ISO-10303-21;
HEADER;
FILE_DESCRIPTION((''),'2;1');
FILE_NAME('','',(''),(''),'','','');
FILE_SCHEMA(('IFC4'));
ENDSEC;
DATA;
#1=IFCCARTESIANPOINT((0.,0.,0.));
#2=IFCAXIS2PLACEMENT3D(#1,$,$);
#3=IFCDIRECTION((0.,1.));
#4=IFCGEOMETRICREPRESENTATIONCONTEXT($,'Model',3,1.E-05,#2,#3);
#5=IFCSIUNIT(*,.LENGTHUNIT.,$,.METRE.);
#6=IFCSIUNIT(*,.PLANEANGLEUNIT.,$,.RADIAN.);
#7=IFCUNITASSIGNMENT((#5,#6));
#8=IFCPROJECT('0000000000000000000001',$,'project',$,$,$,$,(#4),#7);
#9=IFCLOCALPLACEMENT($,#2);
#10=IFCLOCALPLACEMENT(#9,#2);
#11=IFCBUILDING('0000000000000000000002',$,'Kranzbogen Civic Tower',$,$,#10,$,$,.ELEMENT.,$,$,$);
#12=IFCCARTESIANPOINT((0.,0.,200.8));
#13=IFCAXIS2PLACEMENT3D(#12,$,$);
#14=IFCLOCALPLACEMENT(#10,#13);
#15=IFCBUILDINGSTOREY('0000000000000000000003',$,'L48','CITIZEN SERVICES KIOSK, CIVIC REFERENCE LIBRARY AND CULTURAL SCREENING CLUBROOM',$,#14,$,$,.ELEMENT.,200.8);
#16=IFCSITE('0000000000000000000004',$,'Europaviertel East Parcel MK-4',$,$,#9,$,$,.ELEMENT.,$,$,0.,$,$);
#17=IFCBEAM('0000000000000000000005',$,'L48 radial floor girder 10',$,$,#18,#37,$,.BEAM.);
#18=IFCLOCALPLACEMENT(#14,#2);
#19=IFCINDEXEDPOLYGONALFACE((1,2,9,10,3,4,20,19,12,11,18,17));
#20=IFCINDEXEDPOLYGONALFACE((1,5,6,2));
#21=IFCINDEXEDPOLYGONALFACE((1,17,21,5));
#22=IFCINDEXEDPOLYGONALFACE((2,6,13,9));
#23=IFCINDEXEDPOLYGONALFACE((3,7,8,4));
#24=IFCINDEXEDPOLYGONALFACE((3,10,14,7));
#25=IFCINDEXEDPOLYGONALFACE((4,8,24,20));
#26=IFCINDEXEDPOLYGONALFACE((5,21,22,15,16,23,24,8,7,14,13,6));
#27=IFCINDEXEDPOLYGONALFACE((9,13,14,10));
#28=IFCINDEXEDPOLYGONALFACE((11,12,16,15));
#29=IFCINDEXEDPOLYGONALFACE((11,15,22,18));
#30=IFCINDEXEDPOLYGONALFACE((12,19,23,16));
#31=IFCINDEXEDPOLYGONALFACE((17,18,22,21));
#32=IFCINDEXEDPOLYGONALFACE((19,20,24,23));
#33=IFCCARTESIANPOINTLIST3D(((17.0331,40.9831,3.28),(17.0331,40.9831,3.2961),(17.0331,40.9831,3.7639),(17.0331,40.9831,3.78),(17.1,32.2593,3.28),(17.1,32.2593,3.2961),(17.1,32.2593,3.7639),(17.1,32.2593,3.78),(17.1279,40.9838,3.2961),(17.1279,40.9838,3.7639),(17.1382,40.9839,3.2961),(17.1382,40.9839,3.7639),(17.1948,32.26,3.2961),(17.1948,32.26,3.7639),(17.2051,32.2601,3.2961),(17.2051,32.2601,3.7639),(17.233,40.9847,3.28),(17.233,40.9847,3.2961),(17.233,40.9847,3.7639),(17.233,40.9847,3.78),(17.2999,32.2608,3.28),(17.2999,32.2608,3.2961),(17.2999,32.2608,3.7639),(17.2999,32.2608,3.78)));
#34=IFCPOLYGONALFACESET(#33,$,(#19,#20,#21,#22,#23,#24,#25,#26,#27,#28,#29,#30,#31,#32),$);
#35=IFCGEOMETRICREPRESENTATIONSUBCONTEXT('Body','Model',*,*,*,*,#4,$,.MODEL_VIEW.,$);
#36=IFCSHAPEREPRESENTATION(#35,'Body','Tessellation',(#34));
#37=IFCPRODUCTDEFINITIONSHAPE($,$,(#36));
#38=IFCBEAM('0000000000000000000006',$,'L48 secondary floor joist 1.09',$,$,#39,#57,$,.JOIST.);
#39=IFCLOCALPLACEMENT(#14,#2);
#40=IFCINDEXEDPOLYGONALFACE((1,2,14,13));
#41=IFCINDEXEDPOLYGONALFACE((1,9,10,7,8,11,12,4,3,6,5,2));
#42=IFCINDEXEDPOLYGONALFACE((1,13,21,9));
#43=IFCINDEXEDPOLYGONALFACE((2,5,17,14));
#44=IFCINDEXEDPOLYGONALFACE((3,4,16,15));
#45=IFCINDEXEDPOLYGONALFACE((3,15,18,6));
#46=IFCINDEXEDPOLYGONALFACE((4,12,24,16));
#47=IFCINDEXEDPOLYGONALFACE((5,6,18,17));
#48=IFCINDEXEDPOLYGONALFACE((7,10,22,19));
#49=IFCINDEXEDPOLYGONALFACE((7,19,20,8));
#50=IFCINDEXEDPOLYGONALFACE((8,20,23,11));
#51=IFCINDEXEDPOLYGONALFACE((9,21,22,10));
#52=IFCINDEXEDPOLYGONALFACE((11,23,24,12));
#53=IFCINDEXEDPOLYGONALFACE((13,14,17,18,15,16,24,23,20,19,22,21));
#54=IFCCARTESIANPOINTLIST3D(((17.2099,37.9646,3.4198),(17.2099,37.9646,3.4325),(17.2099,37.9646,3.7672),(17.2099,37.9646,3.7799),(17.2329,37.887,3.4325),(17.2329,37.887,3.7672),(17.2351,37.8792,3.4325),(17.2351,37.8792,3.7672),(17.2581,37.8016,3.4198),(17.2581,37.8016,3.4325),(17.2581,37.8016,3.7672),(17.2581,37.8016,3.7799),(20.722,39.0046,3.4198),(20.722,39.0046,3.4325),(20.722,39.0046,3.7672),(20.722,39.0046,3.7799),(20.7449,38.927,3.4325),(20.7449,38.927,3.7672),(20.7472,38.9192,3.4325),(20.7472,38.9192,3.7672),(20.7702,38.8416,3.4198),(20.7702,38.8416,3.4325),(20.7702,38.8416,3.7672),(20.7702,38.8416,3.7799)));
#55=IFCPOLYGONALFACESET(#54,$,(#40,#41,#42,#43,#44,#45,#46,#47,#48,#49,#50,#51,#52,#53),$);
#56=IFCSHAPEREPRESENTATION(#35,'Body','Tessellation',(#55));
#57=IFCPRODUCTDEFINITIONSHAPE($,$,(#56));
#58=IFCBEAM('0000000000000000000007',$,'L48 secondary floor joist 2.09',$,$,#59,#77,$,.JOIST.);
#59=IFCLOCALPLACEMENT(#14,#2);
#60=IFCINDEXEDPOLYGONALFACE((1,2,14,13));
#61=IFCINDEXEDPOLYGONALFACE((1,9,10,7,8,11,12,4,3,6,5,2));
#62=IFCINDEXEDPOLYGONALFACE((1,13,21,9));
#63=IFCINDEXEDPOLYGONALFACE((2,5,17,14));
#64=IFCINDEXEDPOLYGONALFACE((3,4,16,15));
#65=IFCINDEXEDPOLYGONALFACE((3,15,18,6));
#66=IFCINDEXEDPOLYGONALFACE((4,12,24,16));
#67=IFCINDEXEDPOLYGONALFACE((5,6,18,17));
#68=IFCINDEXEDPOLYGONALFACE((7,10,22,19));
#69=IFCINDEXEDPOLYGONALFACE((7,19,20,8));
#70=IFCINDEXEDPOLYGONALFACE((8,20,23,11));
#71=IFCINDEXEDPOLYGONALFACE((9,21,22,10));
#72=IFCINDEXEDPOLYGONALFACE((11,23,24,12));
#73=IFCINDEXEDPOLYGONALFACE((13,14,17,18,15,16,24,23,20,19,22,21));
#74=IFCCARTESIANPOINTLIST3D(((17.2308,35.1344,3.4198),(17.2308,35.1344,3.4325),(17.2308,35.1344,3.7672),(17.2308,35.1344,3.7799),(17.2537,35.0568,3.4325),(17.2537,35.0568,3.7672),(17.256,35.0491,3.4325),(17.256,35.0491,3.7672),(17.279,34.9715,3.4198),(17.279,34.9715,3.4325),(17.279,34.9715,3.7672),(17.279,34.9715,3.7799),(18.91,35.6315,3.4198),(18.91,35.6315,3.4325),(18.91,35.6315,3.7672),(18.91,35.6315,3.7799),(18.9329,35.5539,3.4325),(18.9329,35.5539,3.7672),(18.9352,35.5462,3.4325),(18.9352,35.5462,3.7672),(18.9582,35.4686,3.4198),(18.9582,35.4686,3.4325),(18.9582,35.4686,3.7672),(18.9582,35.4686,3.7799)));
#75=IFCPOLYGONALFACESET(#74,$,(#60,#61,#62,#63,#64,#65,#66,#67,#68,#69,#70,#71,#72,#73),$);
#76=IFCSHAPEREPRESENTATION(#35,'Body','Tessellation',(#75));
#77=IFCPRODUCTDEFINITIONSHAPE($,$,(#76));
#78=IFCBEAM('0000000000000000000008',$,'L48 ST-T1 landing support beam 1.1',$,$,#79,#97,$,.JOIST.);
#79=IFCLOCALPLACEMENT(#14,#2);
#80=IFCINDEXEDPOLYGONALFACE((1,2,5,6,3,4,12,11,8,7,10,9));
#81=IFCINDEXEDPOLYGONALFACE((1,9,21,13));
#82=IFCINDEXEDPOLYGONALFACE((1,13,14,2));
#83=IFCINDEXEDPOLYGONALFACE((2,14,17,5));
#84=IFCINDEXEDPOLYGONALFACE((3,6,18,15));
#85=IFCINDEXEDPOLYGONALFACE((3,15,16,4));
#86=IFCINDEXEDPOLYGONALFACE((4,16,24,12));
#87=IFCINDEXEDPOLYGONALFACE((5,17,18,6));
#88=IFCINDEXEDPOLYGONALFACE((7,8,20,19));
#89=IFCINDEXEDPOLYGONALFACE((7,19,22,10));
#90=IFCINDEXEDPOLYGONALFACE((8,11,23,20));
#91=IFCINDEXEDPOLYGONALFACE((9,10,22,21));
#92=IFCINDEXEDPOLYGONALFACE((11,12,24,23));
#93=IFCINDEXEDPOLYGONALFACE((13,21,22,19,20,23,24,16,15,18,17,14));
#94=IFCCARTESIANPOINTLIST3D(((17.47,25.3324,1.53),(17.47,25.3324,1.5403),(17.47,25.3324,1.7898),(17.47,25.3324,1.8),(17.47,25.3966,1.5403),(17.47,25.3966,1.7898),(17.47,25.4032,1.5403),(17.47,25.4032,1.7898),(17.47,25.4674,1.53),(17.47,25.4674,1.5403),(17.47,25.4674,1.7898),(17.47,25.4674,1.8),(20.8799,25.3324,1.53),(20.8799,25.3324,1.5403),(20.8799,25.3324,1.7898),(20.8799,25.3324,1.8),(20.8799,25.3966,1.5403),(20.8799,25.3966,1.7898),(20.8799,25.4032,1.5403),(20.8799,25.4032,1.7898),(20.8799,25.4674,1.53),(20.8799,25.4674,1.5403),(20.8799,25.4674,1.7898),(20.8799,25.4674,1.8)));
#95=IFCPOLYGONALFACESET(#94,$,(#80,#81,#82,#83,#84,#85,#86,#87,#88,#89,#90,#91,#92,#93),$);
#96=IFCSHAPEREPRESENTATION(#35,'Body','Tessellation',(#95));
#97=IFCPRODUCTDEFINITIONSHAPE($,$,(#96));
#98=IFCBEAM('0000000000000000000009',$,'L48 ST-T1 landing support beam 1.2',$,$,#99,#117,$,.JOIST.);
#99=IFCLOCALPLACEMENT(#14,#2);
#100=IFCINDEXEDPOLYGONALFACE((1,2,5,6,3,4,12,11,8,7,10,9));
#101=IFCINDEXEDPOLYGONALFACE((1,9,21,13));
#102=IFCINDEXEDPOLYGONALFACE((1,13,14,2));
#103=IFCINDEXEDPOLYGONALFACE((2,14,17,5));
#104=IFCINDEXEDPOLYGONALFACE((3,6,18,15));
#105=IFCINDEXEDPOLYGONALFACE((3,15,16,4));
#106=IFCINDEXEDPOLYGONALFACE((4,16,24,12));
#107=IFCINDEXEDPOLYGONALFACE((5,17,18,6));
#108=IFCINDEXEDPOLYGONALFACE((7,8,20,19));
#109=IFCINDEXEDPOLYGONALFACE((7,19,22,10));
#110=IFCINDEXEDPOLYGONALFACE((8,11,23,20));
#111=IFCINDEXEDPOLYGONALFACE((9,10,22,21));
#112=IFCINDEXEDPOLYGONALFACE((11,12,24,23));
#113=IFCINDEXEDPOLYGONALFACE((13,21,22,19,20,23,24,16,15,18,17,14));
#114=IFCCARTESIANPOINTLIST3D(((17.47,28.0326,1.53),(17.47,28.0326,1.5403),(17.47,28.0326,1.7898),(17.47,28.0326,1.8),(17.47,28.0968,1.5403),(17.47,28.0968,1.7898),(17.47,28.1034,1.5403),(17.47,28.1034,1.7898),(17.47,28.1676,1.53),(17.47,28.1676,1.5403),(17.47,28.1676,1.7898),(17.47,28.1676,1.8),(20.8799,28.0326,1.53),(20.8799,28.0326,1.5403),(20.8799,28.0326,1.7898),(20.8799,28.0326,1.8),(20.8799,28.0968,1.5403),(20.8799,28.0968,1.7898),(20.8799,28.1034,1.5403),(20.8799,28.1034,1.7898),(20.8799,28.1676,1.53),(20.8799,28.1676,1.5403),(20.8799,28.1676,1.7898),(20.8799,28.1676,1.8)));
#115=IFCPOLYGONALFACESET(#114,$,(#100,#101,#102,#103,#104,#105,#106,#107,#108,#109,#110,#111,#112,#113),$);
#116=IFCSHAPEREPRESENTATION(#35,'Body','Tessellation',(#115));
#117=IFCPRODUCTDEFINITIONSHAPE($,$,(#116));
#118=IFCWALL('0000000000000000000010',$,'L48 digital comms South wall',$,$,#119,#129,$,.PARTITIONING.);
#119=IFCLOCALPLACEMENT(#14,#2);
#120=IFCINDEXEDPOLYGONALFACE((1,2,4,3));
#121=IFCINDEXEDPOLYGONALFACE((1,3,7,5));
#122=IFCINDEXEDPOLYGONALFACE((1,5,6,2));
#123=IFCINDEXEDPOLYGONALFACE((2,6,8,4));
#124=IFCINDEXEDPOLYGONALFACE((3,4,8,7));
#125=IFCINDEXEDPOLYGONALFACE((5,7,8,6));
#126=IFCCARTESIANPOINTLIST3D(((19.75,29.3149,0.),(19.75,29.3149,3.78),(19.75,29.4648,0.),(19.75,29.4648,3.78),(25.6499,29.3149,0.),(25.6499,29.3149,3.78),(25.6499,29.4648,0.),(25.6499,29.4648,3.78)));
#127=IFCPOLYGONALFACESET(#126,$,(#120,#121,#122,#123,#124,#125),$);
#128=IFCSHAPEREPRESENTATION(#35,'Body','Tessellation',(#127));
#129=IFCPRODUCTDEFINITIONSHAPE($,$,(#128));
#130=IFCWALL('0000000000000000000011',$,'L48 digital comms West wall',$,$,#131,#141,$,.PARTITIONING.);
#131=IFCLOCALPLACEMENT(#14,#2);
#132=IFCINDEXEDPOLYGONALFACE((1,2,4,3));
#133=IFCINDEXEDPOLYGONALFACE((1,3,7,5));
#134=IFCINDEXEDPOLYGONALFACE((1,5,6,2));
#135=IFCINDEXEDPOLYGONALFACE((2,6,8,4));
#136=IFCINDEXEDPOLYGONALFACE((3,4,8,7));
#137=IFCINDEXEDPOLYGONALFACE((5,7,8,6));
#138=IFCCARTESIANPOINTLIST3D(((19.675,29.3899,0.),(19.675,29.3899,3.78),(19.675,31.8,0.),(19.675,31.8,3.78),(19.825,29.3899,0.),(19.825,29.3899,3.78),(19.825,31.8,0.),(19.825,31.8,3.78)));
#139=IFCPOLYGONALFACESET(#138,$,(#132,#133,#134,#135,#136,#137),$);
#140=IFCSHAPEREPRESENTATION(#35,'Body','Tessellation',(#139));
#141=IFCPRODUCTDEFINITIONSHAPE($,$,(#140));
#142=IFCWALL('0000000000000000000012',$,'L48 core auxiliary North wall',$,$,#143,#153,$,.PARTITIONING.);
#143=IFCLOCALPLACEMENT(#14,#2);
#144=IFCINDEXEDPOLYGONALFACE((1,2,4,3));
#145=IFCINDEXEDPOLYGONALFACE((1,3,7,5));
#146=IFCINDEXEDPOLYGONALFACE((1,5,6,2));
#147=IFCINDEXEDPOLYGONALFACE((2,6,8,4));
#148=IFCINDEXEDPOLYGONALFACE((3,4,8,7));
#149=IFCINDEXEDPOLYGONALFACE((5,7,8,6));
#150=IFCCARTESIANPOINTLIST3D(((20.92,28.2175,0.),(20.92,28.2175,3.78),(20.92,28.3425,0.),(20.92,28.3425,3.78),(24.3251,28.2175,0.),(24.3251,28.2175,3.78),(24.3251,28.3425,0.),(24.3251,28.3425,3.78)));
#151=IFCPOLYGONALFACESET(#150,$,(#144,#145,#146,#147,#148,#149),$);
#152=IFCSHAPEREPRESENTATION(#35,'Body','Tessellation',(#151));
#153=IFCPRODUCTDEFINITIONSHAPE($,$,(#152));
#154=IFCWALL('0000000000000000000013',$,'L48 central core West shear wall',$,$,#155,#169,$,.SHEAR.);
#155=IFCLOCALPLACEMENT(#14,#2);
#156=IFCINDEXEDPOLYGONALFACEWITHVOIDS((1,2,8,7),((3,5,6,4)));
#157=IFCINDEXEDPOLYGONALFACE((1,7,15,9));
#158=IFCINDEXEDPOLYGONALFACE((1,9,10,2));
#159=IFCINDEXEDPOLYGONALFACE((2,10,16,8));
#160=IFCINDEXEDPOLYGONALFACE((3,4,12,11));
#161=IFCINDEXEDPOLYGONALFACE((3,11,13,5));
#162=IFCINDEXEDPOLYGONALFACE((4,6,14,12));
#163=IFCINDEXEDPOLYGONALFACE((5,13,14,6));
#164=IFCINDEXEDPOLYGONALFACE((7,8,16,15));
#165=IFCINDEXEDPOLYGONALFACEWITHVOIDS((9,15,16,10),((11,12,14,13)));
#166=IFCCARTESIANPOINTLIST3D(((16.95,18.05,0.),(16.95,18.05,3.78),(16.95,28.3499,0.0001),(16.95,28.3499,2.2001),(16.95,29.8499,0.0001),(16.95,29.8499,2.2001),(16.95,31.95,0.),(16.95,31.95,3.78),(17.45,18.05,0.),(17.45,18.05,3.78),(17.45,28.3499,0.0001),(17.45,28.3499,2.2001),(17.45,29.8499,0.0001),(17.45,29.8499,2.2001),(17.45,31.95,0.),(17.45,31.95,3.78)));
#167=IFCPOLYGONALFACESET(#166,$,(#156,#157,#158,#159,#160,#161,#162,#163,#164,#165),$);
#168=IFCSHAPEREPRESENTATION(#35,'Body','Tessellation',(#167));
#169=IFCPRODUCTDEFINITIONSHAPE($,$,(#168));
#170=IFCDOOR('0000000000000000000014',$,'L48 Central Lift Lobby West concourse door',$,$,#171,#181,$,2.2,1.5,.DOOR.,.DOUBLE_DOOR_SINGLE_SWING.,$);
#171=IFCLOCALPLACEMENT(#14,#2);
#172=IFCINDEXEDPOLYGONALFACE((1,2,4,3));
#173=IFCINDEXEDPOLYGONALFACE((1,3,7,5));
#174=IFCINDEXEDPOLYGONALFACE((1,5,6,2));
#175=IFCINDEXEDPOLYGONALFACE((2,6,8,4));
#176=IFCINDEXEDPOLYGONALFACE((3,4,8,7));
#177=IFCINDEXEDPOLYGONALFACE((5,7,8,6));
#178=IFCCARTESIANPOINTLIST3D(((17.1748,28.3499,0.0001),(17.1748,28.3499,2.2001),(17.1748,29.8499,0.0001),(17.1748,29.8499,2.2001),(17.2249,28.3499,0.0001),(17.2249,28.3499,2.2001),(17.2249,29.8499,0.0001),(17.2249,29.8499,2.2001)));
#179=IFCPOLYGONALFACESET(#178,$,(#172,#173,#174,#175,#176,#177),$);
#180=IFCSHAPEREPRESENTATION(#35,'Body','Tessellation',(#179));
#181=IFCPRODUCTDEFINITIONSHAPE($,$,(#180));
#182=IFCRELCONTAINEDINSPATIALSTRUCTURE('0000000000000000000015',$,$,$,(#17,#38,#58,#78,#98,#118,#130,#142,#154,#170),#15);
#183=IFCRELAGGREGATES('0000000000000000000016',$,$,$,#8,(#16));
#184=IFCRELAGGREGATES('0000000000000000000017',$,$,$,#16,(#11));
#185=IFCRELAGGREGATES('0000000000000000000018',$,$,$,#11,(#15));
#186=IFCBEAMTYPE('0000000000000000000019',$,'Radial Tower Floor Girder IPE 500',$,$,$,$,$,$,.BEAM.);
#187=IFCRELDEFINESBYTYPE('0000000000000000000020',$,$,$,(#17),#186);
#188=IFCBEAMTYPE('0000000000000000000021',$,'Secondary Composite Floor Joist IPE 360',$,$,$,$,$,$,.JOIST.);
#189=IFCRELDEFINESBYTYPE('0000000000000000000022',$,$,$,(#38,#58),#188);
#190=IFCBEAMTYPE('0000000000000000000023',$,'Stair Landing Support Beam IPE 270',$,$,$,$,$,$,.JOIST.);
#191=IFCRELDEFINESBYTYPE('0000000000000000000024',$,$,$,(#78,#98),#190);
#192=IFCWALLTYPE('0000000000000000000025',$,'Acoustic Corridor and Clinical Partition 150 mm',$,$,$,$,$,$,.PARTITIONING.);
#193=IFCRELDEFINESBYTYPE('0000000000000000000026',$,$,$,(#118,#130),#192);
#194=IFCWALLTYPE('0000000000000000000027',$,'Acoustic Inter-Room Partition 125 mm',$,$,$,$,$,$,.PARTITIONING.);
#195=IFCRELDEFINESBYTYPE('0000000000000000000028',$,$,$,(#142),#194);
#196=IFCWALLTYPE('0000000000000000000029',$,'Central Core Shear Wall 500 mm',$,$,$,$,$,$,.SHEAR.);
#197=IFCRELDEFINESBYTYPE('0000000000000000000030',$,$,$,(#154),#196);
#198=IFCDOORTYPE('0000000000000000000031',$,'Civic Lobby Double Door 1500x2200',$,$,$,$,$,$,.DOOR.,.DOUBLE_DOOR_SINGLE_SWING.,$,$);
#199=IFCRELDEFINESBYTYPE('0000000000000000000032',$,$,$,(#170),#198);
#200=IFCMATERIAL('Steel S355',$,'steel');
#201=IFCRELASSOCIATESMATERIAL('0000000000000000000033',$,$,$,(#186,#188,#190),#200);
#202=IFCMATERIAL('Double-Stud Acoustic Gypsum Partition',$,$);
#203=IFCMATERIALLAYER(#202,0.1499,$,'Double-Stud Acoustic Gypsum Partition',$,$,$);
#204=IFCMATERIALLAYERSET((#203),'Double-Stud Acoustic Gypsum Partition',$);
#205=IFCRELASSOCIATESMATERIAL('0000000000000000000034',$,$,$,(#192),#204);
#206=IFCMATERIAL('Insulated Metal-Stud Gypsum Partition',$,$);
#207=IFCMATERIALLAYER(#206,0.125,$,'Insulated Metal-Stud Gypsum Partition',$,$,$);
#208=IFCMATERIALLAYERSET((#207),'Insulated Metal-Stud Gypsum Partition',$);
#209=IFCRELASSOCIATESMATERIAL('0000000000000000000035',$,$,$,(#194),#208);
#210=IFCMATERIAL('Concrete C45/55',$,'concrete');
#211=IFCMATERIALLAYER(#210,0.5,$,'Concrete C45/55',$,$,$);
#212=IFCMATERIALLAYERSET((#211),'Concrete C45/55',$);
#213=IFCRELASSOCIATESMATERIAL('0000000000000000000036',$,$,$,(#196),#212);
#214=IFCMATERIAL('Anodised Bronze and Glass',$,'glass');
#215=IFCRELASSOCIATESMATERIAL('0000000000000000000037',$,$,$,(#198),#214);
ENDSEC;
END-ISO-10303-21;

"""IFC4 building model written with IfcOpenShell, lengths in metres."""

from ifc_helpers import new_model, si_unit, direction, frame, frame_2d, origin, origin_2d, place, context, subcontext, project, spatial, rectangle, i_section, extrude, material, layer, layer_set, material_profile, profile_set, type_object, element, fill, save


model = new_model("IFC4")

# Units and contexts
model_context = context("Model", 3, precision=1e-05, world=origin(), true_north=direction((0.0, 1.0)))
body_context = subcontext(model_context, "Body", "Model", "MODEL_VIEW")
ifc_project = project(units=[si_unit("LENGTHUNIT", "METRE"), si_unit("PLANEANGLEUNIT", "RADIAN")], contexts=[model_context])

# Site, building, storey
site_placement = place(None, origin())
site = spatial("IfcSite", under=ifc_project, at=site_placement, Name="Europaviertel East Parcel MK-4", CompositionType="ELEMENT", RefElevation=0.0)
building_placement = place(site_placement, origin())
building = spatial("IfcBuilding", under=site, at=building_placement, Name="Kranzbogen Civic Tower", CompositionType="ELEMENT")
storey_placement = place(building_placement, frame((0.0, 0.0, 200.8)))
storey = spatial("IfcBuildingStorey", under=building, at=storey_placement, Name="L48", Description="CITIZEN SERVICES KIOSK, CIVIC REFERENCE LIBRARY AND CULTURAL SCREENING CLUBROOM", CompositionType="ELEMENT", Elevation=200.8)

# Shared definitions
ifc_material_1 = material(Name="Steel S355", Category="steel")

# Beams
ifc_material_profile_1 = material_profile(ifc_material_1, i_section(OverallWidth=0.2, OverallDepth=0.5, WebThickness=0.0103, FlangeThickness=0.0161, at=origin_2d()), Name="IPE 500")
ifc_profile_set_1 = profile_set([ifc_material_profile_1], Name="Steel S355")
beam_type_1 = type_object("IfcBeamType", Name="Radial Tower Floor Girder IPE 500", PredefinedType="BEAM", material=ifc_profile_set_1)
beam_1_placement = place(storey_placement, frame((17.1331, 40.9839, 3.53), z_axis=(0.007668, -0.999971, 0.0), x_axis=(0.999971, 0.007668, 0.0)))
element("IfcBeam", 1, at=beam_1_placement, inside=storey, type_object=beam_type_1, Name="L48 radial floor girder 10", PredefinedType="BEAM", context=body_context, shape_type="SweptSolid", body=[
    extrude(i_section(OverallWidth=0.2, OverallDepth=0.5, WebThickness=0.0103, FlangeThickness=0.0161, at=origin_2d()), origin(), (0.0, 0.0, 1.0), 8.7241),
])
ifc_material_profile_2 = material_profile(ifc_material_1, i_section(OverallWidth=0.1699, OverallDepth=0.3601, WebThickness=0.0081, FlangeThickness=0.0127, at=origin_2d()), Name="IPE 360")
ifc_profile_set_2 = profile_set([ifc_material_profile_2], Name="Steel S355")
beam_type_2 = type_object("IfcBeamType", Name="Secondary Composite Floor Joist IPE 360", PredefinedType="JOIST", material=ifc_profile_set_2)
beam_2_placement = place(storey_placement, frame((20.7461, 38.9231, 3.5999), z_axis=(-0.958844, -0.283934, 0.0), x_axis=(0.283934, -0.958844, 0.0)))
element("IfcBeam", 2, at=beam_2_placement, inside=storey, type_object=beam_type_2, Name="L48 secondary floor joist 1.09", PredefinedType="JOIST", context=body_context, shape_type="SweptSolid", body=[
    extrude(i_section(OverallWidth=0.1699, OverallDepth=0.3601, WebThickness=0.0081, FlangeThickness=0.0127, at=origin_2d()), origin(), (0.0, 0.0, 1.0), 3.6628),
])
beam_3_placement = place(storey_placement, frame((18.9341, 35.55, 3.5999), z_axis=(-0.958871, -0.283841, 0.0), x_axis=(0.283841, -0.958871, 0.0)))
element("IfcBeam", 3, at=beam_3_placement, inside=storey, type_object=beam_type_2, Name="L48 secondary floor joist 2.09", PredefinedType="JOIST", context=body_context, shape_type="SweptSolid", body=[
    extrude(i_section(OverallWidth=0.1699, OverallDepth=0.3601, WebThickness=0.0081, FlangeThickness=0.0127, at=origin_2d()), origin(), (0.0, 0.0, 1.0), 1.7512),
])
ifc_material_profile_3 = material_profile(ifc_material_1, i_section(OverallWidth=0.135, OverallDepth=0.27, WebThickness=0.0066, FlangeThickness=0.0103, at=origin_2d()), Name="IPE 270")
ifc_profile_set_3 = profile_set([ifc_material_profile_3], Name="Steel S355")
beam_type_3 = type_object("IfcBeamType", Name="Stair Landing Support Beam IPE 270", PredefinedType="JOIST", material=ifc_profile_set_3)
for number, where, z_axis, x_axis, name in (
    (4, (20.8799, 25.3999, 1.665), (-1.0, 0.0, 0.0), (0.0, -1.0, 0.0), "L48 ST-T1 landing support beam 1.1"),
    (5, (20.8799, 28.1001, 1.665), (-1.0, 0.0, 0.0), (0.0, -1.0, 0.0), "L48 ST-T1 landing support beam 1.2"),
):
    element("IfcBeam", number, at=place(storey_placement, frame(where, z_axis=z_axis, x_axis=x_axis)), inside=storey, type_object=beam_type_3, Name=name, PredefinedType="JOIST", context=body_context, shape_type="SweptSolid", body=[
        extrude(i_section(OverallWidth=0.135, OverallDepth=0.27, WebThickness=0.0066, FlangeThickness=0.0103, at=origin_2d()), origin(), (0.0, 0.0, 1.0), 3.4099),
    ])

# Walls
ifc_material_2 = material(Name="Double-Stud Acoustic Gypsum Partition")
ifc_layer_1 = layer(ifc_material_2, 0.1499, Name="Double-Stud Acoustic Gypsum Partition")
ifc_layer_set_1 = layer_set([ifc_layer_1], Name="Double-Stud Acoustic Gypsum Partition")
wall_type_1 = type_object("IfcWallType", Name="Acoustic Corridor and Clinical Partition 150 mm", PredefinedType="PARTITIONING", material=ifc_layer_set_1)
wall_1_placement = place(storey_placement, frame((19.75, 29.3899, 0.0), z_axis=(0.0, 0.0, 1.0), x_axis=(1.0, 0.0, 0.0)))
element("IfcWall", 6, at=wall_1_placement, inside=storey, type_object=wall_type_1, Name="L48 digital comms South wall", PredefinedType="PARTITIONING", context=body_context, shape_type="SweptSolid", body=[
    extrude(rectangle(XDim=5.8999, YDim=0.1499, at=frame_2d((2.95, 0.0))), origin(), (0.0, 0.0, 1.0), 3.78),
])
wall_2_placement = place(storey_placement, frame((19.75, 29.3899, 0.0), z_axis=(0.0, 0.0, 1.0), x_axis=(0.0, 1.0, 0.0)))
element("IfcWall", 7, at=wall_2_placement, inside=storey, type_object=wall_type_1, Name="L48 digital comms West wall", PredefinedType="PARTITIONING", context=body_context, shape_type="SweptSolid", body=[
    extrude(rectangle(XDim=2.4102, YDim=0.1499, at=frame_2d((1.2051, 0.0))), origin(), (0.0, 0.0, 1.0), 3.78),
])
ifc_material_3 = material(Name="Insulated Metal-Stud Gypsum Partition")
ifc_layer_2 = layer(ifc_material_3, 0.125, Name="Insulated Metal-Stud Gypsum Partition")
ifc_layer_set_2 = layer_set([ifc_layer_2], Name="Insulated Metal-Stud Gypsum Partition")
wall_type_2 = type_object("IfcWallType", Name="Acoustic Inter-Room Partition 125 mm", PredefinedType="PARTITIONING", material=ifc_layer_set_2)
wall_3_placement = place(storey_placement, frame((20.9199, 28.28, 0.0), z_axis=(0.0, 0.0, 1.0), x_axis=(1.0, 0.0, 0.0)))
element("IfcWall", 8, at=wall_3_placement, inside=storey, type_object=wall_type_2, Name="L48 core auxiliary North wall", PredefinedType="PARTITIONING", context=body_context, shape_type="SweptSolid", body=[
    extrude(rectangle(XDim=3.405, YDim=0.125, at=frame_2d((1.7026, 0.0))), origin(), (0.0, 0.0, 1.0), 3.78),
])

# Wall, opening, door
ifc_material_4 = material(Name="Concrete C45/55", Category="concrete")
ifc_layer_3 = layer(ifc_material_4, 0.5, Name="Concrete C45/55")
ifc_layer_set_3 = layer_set([ifc_layer_3], Name="Concrete C45/55")
wall_type_3 = type_object("IfcWallType", Name="Central Core Shear Wall 500 mm", PredefinedType="SHEAR", material=ifc_layer_set_3)
wall_4_placement = place(storey_placement, frame((17.2, 31.95, 0.0), z_axis=(0.0, 0.0, 1.0), x_axis=(0.0, -1.0, 0.0)))
wall_4 = element("IfcWall", 9, at=wall_4_placement, inside=storey, type_object=wall_type_3, Name="L48 central core West shear wall", PredefinedType="SHEAR", context=body_context, shape_type="SweptSolid", body=[
    extrude(rectangle(XDim=13.8999, YDim=0.5, at=frame_2d((6.95, 0.0))), origin(), (0.0, 0.0, 1.0), 3.78),
])
opening_placement = place(wall_4_placement, frame((2.1001, 0.0, 0.0)))
opening = element("IfcOpeningElement", 10, at=opening_placement, cuts=wall_4, PredefinedType="OPENING", context=body_context, shape_type="SweptSolid", body=[
    extrude(rectangle(XDim=1.5, YDim=2.2, at=frame_2d((0.75, 1.1001))), frame((0.0, 0.26, 0.0), z_axis=(0.0, -1.0, 0.0), x_axis=(1.0, 0.0, 0.0)), (0.0, 0.0, 1.0), 0.52),
])
ifc_material_5 = material(Name="Anodised Bronze and Glass", Category="glass")
door_type = type_object("IfcDoorType", Name="Civic Lobby Double Door 1500x2200", OperationType="DOUBLE_DOOR_SINGLE_SWING", PredefinedType="DOOR", material=ifc_material_5)
door_placement = place(opening_placement, origin())
door = element("IfcDoor", 11, at=door_placement, inside=storey, type_object=door_type, Name="L48 Central Lift Lobby West concourse door", OperationType="DOUBLE_DOOR_SINGLE_SWING", OverallHeight=2.2, OverallWidth=1.5, PredefinedType="DOOR", context=body_context, shape_type="SweptSolid", body=[
    extrude(rectangle(XDim=1.5, YDim=2.2, at=frame_2d((0.75, 1.1001))), frame((0.0, 0.0249, 0.0), z_axis=(0.0, -1.0, 0.0), x_axis=(1.0, 0.0, 0.0)), (0.0, 0.0, 1.0), 0.05),
])
fill(opening, door)

save(model, "model.ifc")
